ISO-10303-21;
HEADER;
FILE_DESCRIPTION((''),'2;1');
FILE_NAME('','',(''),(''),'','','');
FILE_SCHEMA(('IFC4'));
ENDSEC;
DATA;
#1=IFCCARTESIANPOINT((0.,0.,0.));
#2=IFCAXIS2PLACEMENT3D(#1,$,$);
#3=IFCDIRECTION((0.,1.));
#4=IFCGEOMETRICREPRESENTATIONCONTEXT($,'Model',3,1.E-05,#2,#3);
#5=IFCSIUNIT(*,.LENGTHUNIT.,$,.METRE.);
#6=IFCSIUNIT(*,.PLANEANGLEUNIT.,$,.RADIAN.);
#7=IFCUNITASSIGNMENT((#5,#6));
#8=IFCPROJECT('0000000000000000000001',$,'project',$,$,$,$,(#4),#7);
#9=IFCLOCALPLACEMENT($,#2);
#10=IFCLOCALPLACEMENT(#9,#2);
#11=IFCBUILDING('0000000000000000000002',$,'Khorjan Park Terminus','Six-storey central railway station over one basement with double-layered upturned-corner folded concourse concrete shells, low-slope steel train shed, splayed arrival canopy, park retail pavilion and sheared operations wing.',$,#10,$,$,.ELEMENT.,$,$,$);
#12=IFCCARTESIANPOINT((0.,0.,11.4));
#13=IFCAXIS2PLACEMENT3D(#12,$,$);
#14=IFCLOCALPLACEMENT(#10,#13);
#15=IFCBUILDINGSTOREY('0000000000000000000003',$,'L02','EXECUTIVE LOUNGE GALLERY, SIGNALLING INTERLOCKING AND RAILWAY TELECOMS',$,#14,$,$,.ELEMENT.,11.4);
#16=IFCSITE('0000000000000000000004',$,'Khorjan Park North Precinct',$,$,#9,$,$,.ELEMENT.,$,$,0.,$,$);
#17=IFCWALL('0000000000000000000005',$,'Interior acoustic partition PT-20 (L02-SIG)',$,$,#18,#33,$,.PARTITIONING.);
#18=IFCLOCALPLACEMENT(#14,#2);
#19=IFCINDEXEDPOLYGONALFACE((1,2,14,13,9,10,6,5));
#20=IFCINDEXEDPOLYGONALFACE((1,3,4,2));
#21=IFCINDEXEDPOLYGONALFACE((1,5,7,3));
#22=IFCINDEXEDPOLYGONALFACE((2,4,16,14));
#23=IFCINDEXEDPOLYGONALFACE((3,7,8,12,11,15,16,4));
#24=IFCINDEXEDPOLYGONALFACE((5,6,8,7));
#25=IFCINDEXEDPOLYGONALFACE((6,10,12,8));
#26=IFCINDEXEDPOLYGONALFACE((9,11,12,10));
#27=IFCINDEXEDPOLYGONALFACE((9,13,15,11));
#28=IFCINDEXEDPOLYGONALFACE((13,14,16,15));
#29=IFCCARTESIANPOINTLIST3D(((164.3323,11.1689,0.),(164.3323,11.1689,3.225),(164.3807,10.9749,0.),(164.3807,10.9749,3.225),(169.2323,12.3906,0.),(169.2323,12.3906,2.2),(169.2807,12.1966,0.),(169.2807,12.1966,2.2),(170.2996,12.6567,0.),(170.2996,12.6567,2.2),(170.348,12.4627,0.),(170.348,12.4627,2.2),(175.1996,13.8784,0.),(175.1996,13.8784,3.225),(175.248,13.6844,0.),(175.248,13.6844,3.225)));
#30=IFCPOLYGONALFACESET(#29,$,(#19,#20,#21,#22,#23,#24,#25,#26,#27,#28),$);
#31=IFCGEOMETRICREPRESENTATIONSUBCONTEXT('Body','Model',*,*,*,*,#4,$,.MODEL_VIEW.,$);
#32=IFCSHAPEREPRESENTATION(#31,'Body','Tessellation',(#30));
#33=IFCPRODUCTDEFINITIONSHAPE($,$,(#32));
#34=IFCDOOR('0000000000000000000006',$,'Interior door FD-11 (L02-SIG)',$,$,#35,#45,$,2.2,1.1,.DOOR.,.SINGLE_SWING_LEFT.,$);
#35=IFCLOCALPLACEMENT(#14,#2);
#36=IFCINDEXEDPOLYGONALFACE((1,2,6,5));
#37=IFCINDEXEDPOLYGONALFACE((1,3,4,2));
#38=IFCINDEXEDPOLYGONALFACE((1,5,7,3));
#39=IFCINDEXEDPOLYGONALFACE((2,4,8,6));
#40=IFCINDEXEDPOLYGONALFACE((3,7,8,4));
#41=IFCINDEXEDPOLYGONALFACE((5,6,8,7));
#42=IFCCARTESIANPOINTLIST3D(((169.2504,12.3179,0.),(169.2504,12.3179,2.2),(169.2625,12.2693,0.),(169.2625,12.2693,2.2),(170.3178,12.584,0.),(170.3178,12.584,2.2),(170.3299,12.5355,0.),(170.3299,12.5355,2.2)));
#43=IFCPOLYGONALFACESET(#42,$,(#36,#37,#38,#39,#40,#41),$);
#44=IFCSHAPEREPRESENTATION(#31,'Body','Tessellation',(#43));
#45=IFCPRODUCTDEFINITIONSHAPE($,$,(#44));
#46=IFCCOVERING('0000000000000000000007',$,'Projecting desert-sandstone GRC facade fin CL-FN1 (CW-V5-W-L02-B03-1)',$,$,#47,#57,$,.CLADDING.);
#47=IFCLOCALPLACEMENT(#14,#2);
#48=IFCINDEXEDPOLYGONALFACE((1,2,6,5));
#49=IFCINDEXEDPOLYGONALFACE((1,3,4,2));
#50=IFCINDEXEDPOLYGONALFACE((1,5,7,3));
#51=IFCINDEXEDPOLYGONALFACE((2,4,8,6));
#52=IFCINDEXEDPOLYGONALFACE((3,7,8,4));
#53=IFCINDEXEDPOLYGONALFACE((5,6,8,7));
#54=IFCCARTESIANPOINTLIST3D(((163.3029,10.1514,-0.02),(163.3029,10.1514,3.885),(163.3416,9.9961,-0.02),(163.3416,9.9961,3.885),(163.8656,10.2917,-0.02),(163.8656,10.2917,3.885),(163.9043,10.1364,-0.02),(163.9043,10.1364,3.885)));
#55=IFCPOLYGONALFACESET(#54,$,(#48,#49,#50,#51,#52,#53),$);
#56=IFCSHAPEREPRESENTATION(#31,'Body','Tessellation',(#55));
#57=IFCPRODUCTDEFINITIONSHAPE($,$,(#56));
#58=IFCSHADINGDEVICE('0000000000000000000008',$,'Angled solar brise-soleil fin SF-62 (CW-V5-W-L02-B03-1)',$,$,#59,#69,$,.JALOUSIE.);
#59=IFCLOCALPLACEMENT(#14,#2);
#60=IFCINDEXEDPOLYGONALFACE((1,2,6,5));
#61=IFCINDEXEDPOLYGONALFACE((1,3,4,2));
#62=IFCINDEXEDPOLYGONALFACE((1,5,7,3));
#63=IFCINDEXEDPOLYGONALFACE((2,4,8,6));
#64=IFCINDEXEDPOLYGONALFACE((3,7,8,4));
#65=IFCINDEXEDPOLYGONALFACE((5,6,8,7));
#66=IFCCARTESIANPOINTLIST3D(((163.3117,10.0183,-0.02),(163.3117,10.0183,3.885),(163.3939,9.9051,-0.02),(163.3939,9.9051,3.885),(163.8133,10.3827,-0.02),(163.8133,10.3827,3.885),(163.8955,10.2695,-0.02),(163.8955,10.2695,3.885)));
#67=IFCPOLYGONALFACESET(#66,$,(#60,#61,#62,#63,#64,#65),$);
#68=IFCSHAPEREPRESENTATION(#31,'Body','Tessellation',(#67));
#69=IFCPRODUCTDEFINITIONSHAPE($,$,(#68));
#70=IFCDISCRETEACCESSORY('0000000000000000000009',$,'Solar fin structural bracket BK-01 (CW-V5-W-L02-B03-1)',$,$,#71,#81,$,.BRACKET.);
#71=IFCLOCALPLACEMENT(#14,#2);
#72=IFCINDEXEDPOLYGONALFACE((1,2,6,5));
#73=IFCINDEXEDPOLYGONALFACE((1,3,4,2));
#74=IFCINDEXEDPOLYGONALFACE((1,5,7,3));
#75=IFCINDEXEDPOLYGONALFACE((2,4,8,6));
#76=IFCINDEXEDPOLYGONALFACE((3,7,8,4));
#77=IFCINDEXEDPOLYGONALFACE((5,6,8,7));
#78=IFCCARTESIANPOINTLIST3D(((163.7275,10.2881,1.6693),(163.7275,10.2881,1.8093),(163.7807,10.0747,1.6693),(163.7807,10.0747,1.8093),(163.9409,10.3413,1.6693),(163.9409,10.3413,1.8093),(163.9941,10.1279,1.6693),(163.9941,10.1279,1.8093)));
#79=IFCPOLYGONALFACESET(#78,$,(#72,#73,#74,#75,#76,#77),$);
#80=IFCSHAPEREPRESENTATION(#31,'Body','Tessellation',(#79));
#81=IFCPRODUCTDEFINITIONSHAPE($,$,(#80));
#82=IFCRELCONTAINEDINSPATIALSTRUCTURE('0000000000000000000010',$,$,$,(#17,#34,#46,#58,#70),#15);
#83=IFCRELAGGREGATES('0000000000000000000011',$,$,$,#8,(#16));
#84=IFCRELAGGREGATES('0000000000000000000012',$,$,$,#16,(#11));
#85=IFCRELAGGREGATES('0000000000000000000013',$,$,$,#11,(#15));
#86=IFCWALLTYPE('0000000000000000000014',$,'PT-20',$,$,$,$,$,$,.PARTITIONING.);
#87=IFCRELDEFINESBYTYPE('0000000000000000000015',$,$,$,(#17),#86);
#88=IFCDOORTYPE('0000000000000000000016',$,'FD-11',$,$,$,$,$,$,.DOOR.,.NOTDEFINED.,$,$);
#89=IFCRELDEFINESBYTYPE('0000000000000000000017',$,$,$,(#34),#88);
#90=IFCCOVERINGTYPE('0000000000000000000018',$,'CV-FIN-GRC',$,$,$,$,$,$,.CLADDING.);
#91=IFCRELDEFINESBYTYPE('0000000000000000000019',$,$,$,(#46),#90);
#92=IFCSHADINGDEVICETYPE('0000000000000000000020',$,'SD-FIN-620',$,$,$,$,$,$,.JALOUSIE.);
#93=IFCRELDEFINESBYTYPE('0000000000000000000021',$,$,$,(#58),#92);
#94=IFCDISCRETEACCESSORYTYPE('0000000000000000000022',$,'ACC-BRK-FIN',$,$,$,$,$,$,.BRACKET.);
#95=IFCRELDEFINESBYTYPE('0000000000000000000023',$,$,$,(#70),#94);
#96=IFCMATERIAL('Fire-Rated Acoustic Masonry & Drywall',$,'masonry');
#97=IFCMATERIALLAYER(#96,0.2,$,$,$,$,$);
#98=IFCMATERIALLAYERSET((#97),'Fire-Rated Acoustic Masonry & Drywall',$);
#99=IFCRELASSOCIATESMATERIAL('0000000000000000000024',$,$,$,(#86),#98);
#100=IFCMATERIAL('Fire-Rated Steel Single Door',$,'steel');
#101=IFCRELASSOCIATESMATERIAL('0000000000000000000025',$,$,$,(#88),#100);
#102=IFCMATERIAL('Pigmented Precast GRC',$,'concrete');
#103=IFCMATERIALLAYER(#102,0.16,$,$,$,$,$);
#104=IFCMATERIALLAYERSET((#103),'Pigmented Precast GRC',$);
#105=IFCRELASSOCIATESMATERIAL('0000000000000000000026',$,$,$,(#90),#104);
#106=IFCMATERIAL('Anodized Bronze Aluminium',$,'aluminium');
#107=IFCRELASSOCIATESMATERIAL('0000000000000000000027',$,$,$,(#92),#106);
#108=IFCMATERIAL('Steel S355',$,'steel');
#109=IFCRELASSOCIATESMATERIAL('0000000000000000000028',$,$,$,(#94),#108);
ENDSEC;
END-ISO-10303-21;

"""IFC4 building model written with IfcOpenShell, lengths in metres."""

from ifc_helpers import new_model, si_unit, direction, frame, frame_2d, origin, origin_2d, place, context, subcontext, project, spatial, rectangle, extrude, material, layer, layer_set, type_object, element, fill, save


model = new_model("IFC4")

# Units and contexts
model_context = context("Model", 3, precision=1e-05, world=origin(), true_north=direction((0.0, 1.0)))
body_context = subcontext(model_context, "Body", "Model", "MODEL_VIEW")
ifc_project = project(units=[si_unit("LENGTHUNIT", "METRE"), si_unit("PLANEANGLEUNIT", "RADIAN")], contexts=[model_context])

# Site, building, storey
site_placement = place(None, origin())
site = spatial("IfcSite", under=ifc_project, at=site_placement, Name="Khorjan Park North Precinct", CompositionType="ELEMENT", RefElevation=0.0)
building_placement = place(site_placement, origin())
building = spatial("IfcBuilding", under=site, at=building_placement, Name="Khorjan Park Terminus", Description="Six-storey central railway station over one basement with double-layered upturned-corner folded concourse concrete shells, low-slope steel train shed, splayed arrival canopy, park retail pavilion and sheared operations wing.", CompositionType="ELEMENT")
storey_placement = place(building_placement, frame((0.0, 0.0, 11.4)))
storey = spatial("IfcBuildingStorey", under=building, at=storey_placement, Name="L02", Description="EXECUTIVE LOUNGE GALLERY, SIGNALLING INTERLOCKING AND RAILWAY TELECOMS", CompositionType="ELEMENT", Elevation=11.4)

# Shared definitions
ifc_material_1 = material(Name="Anodized Bronze Aluminium", Category="aluminium")

# Wall, opening, door
ifc_material_2 = material(Name="Fire-Rated Acoustic Masonry & Drywall", Category="masonry")
ifc_layer_1 = layer(ifc_material_2, 0.2)
ifc_layer_set_1 = layer_set([ifc_layer_1], Name="Fire-Rated Acoustic Masonry & Drywall")
wall_type = type_object("IfcWallType", Name="PT-20", PredefinedType="PARTITIONING", material=ifc_layer_set_1)
wall_placement = place(storey_placement, frame((164.3565, 11.0719, 0.0), z_axis=(0.0, 0.0, 1.0), x_axis=(0.970296, 0.24192, 0.0)))
wall = element("IfcWall", 1, at=wall_placement, inside=storey, type_object=wall_type, Name="Interior acoustic partition PT-20 (L02-SIG)", PredefinedType="PARTITIONING", context=body_context, shape_type="SweptSolid", body=[
    extrude(rectangle(XDim=11.2, YDim=0.2, at=frame_2d((5.6, 0.0))), origin(), (0.0, 0.0, 1.0), 3.225),
])
opening_placement = place(wall_placement, frame((5.05, 0.0, 0.0)))
opening = element("IfcOpeningElement", 2, at=opening_placement, cuts=wall, PredefinedType="OPENING", context=body_context, shape_type="SweptSolid", body=[
    extrude(rectangle(XDim=1.1, YDim=2.2, at=frame_2d((0.55, 1.1))), frame((0.0, 0.11, 0.0), z_axis=(0.0, -1.0, 0.0), x_axis=(1.0, 0.0, 0.0)), (0.0, 0.0, 1.0), 0.22),
])
ifc_material_3 = material(Name="Fire-Rated Steel Single Door", Category="steel")
door_type = type_object("IfcDoorType", Name="FD-11", OperationType="NOTDEFINED", PredefinedType="DOOR", material=ifc_material_3)
door_placement = place(opening_placement, origin())
door = element("IfcDoor", 3, at=door_placement, inside=storey, type_object=door_type, Name="Interior door FD-11 (L02-SIG)", OperationType="SINGLE_SWING_LEFT", OverallHeight=2.2, OverallWidth=1.1, PredefinedType="DOOR", context=body_context, shape_type="SweptSolid", body=[
    extrude(rectangle(XDim=1.1, YDim=2.2, at=frame_2d((0.55, 1.1))), frame((0.0, 0.025, 0.0), z_axis=(0.0, -1.0, 0.0), x_axis=(1.0, 0.0, 0.0)), (0.0, 0.0, 1.0), 0.05),
])
fill(opening, door)

# Covering
ifc_material_4 = material(Name="Pigmented Precast GRC", Category="concrete")
ifc_layer_2 = layer(ifc_material_4, 0.16)
ifc_layer_set_2 = layer_set([ifc_layer_2], Name="Pigmented Precast GRC")
covering_type = type_object("IfcCoveringType", Name="CV-FIN-GRC", PredefinedType="CLADDING", material=ifc_layer_set_2)
covering_placement = place(storey_placement, frame((163.6036, 10.1439, -0.02), z_axis=(0.0, 0.0, 1.0), x_axis=(0.970296, 0.241922, 0.0)))
element("IfcCovering", 4, at=covering_placement, inside=storey, type_object=covering_type, Name="Projecting desert-sandstone GRC facade fin CL-FN1 (CW-V5-W-L02-B03-1)", PredefinedType="CLADDING", context=body_context, shape_type="SweptSolid", body=[
    extrude(rectangle(XDim=0.58, YDim=0.16, at=origin_2d()), origin(), (0.0, 0.0, 1.0), 3.905),
])

# Shading device
shading_device_type = type_object("IfcShadingDeviceType", Name="SD-FIN-620", PredefinedType="JALOUSIE", material=ifc_material_1)
shading_device_placement = place(storey_placement, frame((163.6036, 10.1439, -0.02), z_axis=(0.0, 0.0, 1.0), x_axis=(0.809017, 0.587785, 0.0)))
element("IfcShadingDevice", 5, at=shading_device_placement, inside=storey, type_object=shading_device_type, Name="Angled solar brise-soleil fin SF-62 (CW-V5-W-L02-B03-1)", PredefinedType="JALOUSIE", context=body_context, shape_type="SweptSolid", body=[
    extrude(rectangle(XDim=0.62, YDim=0.14, at=origin_2d()), origin(), (0.0, 0.0, 1.0), 3.905),
])

# Discrete accessory
ifc_material_5 = material(Name="Steel S355", Category="steel")
discrete_accessory_type = type_object("IfcDiscreteAccessoryType", Name="ACC-BRK-FIN", PredefinedType="BRACKET", material=ifc_material_5)
discrete_accessory_placement = place(storey_placement, frame((163.8608, 10.208, 1.6693), z_axis=(0.0, 0.0, 1.0), x_axis=(0.24192, -0.970296, 0.0)))
element("IfcDiscreteAccessory", 6, at=discrete_accessory_placement, inside=storey, type_object=discrete_accessory_type, Name="Solar fin structural bracket BK-01 (CW-V5-W-L02-B03-1)", PredefinedType="BRACKET", context=body_context, shape_type="SweptSolid", body=[
    extrude(rectangle(XDim=0.22, YDim=0.22, at=origin_2d()), origin(), (0.0, 0.0, 1.0), 0.14),
])

save(model, "model.ifc")
